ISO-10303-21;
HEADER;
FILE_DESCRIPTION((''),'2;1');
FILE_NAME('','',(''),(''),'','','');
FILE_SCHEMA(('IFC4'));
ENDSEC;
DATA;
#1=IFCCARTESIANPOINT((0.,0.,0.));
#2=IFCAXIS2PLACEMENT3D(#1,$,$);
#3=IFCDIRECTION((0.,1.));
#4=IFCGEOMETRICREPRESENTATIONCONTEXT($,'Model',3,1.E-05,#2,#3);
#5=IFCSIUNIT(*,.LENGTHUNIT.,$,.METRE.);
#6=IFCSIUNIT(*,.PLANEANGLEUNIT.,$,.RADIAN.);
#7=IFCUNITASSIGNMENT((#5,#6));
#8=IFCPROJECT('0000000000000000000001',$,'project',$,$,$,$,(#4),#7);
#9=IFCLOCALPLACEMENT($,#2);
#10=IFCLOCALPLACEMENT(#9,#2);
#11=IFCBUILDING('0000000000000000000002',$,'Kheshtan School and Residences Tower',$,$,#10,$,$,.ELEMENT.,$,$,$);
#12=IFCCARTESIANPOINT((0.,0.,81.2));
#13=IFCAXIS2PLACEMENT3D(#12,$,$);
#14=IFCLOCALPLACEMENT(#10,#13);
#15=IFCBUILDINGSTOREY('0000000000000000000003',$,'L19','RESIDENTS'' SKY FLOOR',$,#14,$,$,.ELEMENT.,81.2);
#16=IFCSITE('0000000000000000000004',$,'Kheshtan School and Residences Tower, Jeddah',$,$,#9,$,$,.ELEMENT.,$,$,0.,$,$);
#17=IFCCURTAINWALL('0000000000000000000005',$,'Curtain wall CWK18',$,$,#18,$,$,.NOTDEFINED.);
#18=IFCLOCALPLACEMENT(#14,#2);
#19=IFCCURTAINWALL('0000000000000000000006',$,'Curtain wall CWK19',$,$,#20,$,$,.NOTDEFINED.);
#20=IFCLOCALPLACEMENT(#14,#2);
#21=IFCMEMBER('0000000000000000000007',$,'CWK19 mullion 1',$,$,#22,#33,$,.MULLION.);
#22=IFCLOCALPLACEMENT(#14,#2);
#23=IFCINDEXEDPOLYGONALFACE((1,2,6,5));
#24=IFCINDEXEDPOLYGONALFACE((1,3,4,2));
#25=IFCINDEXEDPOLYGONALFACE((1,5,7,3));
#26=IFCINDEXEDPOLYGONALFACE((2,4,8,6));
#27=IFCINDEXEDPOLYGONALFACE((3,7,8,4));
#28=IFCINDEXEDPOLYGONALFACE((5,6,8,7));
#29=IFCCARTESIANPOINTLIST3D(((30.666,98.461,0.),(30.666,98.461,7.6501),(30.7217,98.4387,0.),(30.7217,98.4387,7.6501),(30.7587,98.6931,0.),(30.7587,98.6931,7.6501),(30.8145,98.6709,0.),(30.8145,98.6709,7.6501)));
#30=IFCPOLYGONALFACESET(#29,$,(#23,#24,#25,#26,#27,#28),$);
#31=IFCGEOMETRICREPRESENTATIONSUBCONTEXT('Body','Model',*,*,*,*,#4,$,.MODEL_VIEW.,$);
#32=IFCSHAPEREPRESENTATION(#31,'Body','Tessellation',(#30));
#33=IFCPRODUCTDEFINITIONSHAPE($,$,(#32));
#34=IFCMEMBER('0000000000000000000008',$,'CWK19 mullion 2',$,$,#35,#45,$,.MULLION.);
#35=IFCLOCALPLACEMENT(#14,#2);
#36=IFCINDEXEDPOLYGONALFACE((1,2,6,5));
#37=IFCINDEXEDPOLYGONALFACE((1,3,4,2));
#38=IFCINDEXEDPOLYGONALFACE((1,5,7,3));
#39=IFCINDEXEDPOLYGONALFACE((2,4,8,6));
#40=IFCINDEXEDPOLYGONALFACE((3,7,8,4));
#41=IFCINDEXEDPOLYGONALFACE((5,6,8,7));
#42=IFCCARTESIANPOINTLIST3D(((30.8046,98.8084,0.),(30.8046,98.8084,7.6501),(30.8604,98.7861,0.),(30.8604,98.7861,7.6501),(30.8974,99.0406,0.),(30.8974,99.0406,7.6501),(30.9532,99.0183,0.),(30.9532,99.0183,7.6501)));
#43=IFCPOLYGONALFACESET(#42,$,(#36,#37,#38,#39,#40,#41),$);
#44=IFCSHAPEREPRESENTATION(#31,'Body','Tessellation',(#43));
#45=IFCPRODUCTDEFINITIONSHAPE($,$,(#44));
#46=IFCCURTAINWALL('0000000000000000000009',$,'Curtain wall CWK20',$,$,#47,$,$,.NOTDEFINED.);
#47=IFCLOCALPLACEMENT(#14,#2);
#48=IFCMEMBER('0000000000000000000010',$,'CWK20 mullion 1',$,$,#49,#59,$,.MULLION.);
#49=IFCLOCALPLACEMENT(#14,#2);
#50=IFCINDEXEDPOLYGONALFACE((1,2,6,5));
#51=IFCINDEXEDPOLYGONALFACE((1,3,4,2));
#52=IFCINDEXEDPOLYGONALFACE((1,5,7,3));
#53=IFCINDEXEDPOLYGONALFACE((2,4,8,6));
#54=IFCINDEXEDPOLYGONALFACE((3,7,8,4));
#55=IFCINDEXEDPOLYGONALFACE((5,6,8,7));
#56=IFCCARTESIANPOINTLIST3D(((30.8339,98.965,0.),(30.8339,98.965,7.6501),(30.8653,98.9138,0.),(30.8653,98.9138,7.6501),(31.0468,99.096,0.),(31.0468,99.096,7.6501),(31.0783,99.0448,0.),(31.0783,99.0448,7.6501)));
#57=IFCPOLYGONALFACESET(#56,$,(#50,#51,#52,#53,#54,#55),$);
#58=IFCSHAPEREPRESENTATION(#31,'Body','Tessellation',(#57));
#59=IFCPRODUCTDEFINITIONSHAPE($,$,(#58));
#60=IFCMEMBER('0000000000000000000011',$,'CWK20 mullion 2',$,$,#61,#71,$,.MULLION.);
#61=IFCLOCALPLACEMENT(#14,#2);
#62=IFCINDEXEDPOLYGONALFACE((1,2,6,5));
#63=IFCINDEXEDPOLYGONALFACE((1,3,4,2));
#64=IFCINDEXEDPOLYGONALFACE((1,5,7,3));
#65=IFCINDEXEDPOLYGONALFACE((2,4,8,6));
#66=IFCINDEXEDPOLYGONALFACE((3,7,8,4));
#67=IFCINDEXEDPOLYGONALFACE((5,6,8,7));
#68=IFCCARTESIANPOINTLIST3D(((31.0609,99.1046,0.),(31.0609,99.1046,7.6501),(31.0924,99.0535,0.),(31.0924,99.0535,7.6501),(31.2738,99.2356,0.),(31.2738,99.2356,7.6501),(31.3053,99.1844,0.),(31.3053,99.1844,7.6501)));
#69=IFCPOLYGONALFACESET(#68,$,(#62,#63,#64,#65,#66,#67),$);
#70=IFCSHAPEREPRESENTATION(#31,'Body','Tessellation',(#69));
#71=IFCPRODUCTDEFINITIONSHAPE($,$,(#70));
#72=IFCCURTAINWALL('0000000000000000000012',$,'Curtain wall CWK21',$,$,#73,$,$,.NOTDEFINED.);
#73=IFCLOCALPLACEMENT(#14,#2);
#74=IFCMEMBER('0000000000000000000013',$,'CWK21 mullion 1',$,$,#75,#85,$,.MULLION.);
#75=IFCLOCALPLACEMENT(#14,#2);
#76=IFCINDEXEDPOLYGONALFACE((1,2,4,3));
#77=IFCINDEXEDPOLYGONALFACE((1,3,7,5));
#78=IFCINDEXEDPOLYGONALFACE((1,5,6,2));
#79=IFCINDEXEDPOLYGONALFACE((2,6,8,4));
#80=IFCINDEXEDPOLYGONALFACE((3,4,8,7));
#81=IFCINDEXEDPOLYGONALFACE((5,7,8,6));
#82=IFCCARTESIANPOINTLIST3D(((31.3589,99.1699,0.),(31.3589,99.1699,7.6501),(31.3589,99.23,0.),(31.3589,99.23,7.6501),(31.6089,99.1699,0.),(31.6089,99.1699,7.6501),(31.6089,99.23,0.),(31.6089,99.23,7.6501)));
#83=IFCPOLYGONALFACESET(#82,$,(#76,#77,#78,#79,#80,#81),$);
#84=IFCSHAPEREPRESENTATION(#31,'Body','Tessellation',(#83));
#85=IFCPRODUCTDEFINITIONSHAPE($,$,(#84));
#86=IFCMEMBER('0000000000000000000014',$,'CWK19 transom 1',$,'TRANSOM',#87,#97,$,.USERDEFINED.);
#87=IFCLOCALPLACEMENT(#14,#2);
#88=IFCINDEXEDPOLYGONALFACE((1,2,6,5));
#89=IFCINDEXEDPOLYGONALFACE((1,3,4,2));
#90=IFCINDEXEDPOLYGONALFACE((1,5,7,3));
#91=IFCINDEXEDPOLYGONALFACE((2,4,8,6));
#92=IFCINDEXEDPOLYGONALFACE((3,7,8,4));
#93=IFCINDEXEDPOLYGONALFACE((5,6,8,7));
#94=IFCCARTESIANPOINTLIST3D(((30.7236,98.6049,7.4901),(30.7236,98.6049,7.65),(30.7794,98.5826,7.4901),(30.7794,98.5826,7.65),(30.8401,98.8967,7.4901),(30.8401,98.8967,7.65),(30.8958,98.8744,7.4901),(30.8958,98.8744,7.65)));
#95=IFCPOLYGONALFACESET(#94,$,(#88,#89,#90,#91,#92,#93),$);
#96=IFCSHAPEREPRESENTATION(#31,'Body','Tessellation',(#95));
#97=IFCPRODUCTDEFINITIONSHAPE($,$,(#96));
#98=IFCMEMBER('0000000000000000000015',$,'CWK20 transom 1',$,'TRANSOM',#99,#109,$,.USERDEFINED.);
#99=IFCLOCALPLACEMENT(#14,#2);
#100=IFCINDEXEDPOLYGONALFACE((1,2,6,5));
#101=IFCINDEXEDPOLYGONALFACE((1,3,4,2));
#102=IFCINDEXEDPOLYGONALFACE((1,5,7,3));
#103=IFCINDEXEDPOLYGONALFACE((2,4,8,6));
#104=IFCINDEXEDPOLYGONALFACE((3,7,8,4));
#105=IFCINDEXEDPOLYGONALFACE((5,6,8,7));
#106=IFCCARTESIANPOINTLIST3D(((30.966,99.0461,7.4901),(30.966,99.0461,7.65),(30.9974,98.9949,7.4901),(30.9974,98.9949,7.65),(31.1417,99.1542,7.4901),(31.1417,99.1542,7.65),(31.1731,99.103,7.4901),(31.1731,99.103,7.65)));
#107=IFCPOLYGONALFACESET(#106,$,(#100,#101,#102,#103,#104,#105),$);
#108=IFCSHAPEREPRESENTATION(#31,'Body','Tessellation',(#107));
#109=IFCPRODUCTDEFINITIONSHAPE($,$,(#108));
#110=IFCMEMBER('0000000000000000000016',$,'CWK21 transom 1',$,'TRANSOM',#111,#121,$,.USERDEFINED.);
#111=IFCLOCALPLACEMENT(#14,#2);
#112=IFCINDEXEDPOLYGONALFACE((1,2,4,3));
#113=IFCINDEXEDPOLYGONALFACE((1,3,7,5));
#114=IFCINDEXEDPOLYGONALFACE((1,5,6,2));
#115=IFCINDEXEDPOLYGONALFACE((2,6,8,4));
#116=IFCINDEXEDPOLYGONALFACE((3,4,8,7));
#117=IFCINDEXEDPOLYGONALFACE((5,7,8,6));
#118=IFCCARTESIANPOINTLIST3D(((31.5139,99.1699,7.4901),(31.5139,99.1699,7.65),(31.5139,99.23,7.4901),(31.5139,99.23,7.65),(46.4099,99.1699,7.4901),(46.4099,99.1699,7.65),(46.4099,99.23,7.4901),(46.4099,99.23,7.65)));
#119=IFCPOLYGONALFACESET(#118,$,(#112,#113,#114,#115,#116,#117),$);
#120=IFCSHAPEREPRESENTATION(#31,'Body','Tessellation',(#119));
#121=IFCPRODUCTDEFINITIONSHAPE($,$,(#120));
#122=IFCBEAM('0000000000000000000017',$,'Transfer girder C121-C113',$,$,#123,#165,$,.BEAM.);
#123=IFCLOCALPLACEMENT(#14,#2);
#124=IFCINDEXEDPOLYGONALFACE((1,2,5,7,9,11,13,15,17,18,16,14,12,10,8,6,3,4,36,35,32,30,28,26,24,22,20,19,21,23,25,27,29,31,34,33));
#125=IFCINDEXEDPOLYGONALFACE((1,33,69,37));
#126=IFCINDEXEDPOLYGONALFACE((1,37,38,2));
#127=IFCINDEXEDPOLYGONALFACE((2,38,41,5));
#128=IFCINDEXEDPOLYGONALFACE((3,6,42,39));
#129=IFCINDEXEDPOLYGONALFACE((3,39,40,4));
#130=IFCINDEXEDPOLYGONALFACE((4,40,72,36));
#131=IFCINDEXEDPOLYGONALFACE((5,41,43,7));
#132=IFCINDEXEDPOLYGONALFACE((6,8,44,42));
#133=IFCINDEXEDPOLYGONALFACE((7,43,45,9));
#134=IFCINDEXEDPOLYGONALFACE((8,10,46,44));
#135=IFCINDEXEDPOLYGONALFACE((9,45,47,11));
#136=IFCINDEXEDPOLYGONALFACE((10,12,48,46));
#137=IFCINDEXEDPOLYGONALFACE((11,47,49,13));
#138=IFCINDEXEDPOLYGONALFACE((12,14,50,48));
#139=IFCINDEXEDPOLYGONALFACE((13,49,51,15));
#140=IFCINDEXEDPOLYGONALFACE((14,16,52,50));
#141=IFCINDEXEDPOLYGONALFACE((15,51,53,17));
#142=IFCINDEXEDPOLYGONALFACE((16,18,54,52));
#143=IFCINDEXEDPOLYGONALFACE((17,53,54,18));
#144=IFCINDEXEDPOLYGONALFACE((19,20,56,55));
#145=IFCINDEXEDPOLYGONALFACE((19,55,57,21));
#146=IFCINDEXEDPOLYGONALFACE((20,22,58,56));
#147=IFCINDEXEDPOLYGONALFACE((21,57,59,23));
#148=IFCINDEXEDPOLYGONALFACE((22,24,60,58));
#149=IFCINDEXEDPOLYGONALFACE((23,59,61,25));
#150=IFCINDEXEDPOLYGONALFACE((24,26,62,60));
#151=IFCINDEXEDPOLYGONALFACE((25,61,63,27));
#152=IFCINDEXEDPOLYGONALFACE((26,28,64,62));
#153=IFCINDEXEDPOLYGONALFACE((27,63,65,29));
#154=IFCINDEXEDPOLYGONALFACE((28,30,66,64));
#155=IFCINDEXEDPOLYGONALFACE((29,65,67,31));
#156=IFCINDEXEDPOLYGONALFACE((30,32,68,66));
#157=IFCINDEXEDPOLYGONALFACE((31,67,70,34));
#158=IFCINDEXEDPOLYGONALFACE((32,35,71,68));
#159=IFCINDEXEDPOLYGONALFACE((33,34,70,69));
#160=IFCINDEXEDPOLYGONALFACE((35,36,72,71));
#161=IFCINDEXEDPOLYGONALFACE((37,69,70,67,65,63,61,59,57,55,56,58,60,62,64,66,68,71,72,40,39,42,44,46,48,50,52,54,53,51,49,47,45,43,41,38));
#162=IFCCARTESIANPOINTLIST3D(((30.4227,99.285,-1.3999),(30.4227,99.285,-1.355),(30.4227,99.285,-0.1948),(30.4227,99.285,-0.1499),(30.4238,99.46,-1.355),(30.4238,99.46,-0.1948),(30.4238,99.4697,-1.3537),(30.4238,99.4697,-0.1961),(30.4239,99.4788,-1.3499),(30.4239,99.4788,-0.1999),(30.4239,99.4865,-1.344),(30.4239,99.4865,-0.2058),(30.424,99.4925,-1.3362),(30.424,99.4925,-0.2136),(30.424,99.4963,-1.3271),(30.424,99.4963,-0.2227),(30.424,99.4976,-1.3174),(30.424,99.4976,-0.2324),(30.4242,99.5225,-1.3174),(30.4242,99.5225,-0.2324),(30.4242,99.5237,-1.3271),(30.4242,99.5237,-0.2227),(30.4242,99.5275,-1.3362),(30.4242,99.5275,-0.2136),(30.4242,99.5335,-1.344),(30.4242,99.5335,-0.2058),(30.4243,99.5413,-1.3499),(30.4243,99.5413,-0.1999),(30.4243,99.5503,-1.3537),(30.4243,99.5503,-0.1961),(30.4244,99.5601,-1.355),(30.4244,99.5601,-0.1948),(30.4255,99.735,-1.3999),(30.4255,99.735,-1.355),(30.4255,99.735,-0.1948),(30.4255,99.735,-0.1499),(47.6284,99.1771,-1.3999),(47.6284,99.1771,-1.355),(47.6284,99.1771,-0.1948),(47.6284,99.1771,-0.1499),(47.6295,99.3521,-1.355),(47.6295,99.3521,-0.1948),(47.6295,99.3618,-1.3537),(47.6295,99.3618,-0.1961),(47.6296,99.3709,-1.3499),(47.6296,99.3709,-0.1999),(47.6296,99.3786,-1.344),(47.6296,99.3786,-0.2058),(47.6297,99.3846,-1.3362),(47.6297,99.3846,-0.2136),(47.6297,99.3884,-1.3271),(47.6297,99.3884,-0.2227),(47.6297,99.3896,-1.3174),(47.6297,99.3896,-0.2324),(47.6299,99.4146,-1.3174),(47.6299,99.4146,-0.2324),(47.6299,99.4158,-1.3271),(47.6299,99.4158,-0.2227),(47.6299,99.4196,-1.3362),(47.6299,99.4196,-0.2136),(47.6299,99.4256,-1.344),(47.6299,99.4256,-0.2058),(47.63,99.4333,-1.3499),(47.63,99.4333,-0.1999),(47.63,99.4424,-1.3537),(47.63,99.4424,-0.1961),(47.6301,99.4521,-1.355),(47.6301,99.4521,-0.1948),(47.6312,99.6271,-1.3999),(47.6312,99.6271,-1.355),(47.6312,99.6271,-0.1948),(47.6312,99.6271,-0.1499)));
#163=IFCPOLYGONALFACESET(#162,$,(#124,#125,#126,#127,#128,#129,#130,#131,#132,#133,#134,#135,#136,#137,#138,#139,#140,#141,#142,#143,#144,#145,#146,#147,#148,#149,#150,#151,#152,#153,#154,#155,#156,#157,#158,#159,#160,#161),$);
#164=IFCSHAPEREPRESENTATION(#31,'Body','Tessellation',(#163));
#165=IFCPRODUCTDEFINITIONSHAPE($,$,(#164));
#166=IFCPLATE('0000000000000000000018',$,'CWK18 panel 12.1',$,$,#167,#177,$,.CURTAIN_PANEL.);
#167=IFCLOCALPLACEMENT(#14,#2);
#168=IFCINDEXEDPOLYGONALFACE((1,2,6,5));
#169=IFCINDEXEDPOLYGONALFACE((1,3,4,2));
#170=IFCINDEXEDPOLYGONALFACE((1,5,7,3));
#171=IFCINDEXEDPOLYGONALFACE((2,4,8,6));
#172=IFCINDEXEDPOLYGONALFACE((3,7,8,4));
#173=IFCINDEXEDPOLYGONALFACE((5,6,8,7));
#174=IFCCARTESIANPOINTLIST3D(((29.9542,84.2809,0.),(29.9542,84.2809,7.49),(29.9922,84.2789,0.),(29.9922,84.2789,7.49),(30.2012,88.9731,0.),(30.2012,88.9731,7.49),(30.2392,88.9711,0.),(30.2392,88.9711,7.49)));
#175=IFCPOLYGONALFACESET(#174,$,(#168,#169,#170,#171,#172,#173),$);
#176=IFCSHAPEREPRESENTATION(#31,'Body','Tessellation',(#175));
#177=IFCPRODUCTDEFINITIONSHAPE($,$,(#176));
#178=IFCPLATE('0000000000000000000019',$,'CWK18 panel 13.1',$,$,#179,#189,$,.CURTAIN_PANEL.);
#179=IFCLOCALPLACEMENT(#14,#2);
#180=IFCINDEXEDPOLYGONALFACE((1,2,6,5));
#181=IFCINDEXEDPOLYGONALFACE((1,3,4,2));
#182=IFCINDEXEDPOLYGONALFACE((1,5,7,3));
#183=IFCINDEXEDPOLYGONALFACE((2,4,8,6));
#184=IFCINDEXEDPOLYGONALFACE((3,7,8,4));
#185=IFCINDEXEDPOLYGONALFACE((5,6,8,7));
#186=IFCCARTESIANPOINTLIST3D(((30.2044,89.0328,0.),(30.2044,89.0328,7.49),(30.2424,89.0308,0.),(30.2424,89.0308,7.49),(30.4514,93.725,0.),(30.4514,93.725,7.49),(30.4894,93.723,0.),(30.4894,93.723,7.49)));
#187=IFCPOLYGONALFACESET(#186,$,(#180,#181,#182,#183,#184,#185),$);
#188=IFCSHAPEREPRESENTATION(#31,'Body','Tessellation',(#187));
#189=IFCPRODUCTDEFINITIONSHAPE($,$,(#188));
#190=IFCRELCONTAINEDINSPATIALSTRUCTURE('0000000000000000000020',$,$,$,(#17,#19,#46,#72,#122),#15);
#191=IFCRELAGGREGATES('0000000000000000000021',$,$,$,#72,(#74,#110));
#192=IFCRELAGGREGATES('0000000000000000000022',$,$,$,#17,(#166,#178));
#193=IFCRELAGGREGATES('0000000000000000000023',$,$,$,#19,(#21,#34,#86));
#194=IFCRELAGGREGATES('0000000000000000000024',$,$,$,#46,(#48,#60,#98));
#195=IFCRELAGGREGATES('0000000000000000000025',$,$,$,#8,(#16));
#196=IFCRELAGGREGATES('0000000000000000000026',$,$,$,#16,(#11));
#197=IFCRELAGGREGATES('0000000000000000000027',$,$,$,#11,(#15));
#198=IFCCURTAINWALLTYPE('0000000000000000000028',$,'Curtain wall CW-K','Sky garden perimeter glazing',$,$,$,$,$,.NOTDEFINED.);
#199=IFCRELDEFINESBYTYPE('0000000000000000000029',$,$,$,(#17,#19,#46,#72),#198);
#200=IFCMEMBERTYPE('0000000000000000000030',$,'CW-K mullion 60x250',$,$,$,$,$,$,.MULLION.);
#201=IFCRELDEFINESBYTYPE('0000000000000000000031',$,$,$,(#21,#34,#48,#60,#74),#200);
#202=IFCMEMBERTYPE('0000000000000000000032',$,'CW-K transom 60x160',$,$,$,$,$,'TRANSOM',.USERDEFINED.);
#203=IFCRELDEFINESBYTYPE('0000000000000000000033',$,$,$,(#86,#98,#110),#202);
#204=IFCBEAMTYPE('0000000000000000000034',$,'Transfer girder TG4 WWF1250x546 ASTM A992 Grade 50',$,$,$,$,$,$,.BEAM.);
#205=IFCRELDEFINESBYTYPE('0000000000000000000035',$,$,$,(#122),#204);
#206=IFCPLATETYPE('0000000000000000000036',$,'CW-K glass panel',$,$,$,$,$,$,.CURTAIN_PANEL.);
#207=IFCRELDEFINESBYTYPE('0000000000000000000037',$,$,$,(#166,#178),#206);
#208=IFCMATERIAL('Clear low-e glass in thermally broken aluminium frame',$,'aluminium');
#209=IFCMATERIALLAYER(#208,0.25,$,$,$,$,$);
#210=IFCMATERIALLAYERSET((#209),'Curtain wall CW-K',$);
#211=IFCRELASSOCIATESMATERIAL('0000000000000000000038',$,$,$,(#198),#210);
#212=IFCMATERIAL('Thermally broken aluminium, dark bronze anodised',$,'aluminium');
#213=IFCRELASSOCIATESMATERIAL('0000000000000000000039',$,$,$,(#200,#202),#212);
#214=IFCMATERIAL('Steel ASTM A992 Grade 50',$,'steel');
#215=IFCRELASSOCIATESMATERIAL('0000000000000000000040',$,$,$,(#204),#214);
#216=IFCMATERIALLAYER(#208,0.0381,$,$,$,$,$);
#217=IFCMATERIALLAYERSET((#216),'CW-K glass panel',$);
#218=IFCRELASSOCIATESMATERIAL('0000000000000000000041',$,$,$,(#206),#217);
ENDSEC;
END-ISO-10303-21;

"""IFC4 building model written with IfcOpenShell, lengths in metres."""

from ifc_helpers import new_model, si_unit, direction, frame, origin, origin_2d, place, context, subcontext, project, spatial, rectangle, i_section, extrude, material, layer, layer_set, material_profile, profile_set, type_object, element, aggregate, save


model = new_model("IFC4")

# Units and contexts
model_context = context("Model", 3, precision=1e-05, world=origin(), true_north=direction((0.0, 1.0)))
body_context = subcontext(model_context, "Body", "Model", "MODEL_VIEW")
ifc_project = project(units=[si_unit("LENGTHUNIT", "METRE"), si_unit("PLANEANGLEUNIT", "RADIAN")], contexts=[model_context])

# Site, building, storey
site_placement = place(None, origin())
site = spatial("IfcSite", under=ifc_project, at=site_placement, Name="Kheshtan School and Residences Tower, Jeddah", CompositionType="ELEMENT", RefElevation=0.0)
building_placement = place(site_placement, origin())
building = spatial("IfcBuilding", under=site, at=building_placement, Name="Kheshtan School and Residences Tower", CompositionType="ELEMENT")
storey_placement = place(building_placement, frame((0.0, 0.0, 81.2)))
storey = spatial("IfcBuildingStorey", under=building, at=storey_placement, Name="L19", Description="RESIDENTS' SKY FLOOR", CompositionType="ELEMENT", Elevation=81.2)

# Shared definitions
ifc_material_1 = material(Name="Steel ASTM A992 Grade 50", Category="steel")

# Curtain walls, members
ifc_material_2 = material(Name="Clear low-e glass in thermally broken aluminium frame", Category="aluminium")
ifc_layer_1 = layer(ifc_material_2, 0.25)
ifc_layer_set_1 = layer_set([ifc_layer_1], Name="Curtain wall CW-K")
curtain_wall_type = type_object("IfcCurtainWallType", Name="Curtain wall CW-K", Description="Sky garden perimeter glazing", PredefinedType="NOTDEFINED", material=ifc_layer_set_1)
curtain_wall_1_placement = place(storey_placement, origin())
curtain_wall_1 = element("IfcCurtainWall", 1, at=curtain_wall_1_placement, inside=storey, type_object=curtain_wall_type, Name="Curtain wall CWK18", PredefinedType="NOTDEFINED")
ifc_material_3 = material(Name="Thermally broken aluminium, dark bronze anodised", Category="aluminium")
ifc_material_profile_1 = material_profile(ifc_material_3, rectangle(XDim=0.0601, YDim=0.25, at=origin_2d()), Name="CW-K mullion 60x250")
ifc_profile_set_1 = profile_set([ifc_material_profile_1], Name="Thermally broken aluminium, dark bronze anodised")
member_type_1 = type_object("IfcMemberType", Name="CW-K mullion 60x250", PredefinedType="MULLION", material=ifc_profile_set_1)
curtain_wall_2_placement = place(storey_placement, origin())
curtain_wall_2 = element("IfcCurtainWall", 2, at=curtain_wall_2_placement, inside=storey, type_object=curtain_wall_type, Name="Curtain wall CWK19", PredefinedType="NOTDEFINED")
member_1_placement = place(storey_placement, frame((30.7402, 98.5659, 0.0), z_axis=(0.0, 0.0, 1.0), x_axis=(-0.928636, 0.370993, 0.0)))
member_1 = element("IfcMember", 3, at=member_1_placement, type_object=member_type_1, Name="CWK19 mullion 1", PredefinedType="MULLION", context=body_context, shape_type="SweptSolid", body=[
    extrude(rectangle(XDim=0.0601, YDim=0.25, at=origin_2d()), origin(), (0.0, 0.0, 1.0), 7.6501),
])
member_2_placement = place(storey_placement, frame((30.8789, 98.9133, 0.0), z_axis=(0.0, 0.0, 1.0), x_axis=(-0.928636, 0.370993, 0.0)))
member_2 = element("IfcMember", 4, at=member_2_placement, type_object=member_type_1, Name="CWK19 mullion 2", PredefinedType="MULLION", context=body_context, shape_type="SweptSolid", body=[
    extrude(rectangle(XDim=0.0601, YDim=0.25, at=origin_2d()), origin(), (0.0, 0.0, 1.0), 7.6501),
])
curtain_wall_3_placement = place(storey_placement, origin())
curtain_wall_3 = element("IfcCurtainWall", 5, at=curtain_wall_3_placement, inside=storey, type_object=curtain_wall_type, Name="Curtain wall CWK20", PredefinedType="NOTDEFINED")
member_3_placement = place(storey_placement, frame((30.9561, 99.0049, 0.0), z_axis=(0.0, 0.0, 1.0), x_axis=(-0.523926, 0.851763, 0.0)))
member_3 = element("IfcMember", 6, at=member_3_placement, type_object=member_type_1, Name="CWK20 mullion 1", PredefinedType="MULLION", context=body_context, shape_type="SweptSolid", body=[
    extrude(rectangle(XDim=0.0601, YDim=0.25, at=origin_2d()), origin(), (0.0, 0.0, 1.0), 7.6501),
])
member_4_placement = place(storey_placement, frame((31.1831, 99.1445, 0.0), z_axis=(0.0, 0.0, 1.0), x_axis=(-0.523926, 0.851763, 0.0)))
member_4 = element("IfcMember", 7, at=member_4_placement, type_object=member_type_1, Name="CWK20 mullion 2", PredefinedType="MULLION", context=body_context, shape_type="SweptSolid", body=[
    extrude(rectangle(XDim=0.0601, YDim=0.25, at=origin_2d()), origin(), (0.0, 0.0, 1.0), 7.6501),
])

# Curtain wall, member
curtain_wall_4_placement = place(storey_placement, origin())
curtain_wall_4 = element("IfcCurtainWall", 8, at=curtain_wall_4_placement, inside=storey, type_object=curtain_wall_type, Name="Curtain wall CWK21", PredefinedType="NOTDEFINED")
member_5_placement = place(storey_placement, frame((31.4839, 99.2, 0.0), z_axis=(0.0, 0.0, 1.0), x_axis=(0.0, 1.0, 0.0)))
member_5 = element("IfcMember", 9, at=member_5_placement, type_object=member_type_1, Name="CWK21 mullion 1", PredefinedType="MULLION", context=body_context, shape_type="SweptSolid", body=[
    extrude(rectangle(XDim=0.0601, YDim=0.25, at=origin_2d()), origin(), (0.0, 0.0, 1.0), 7.6501),
])

# Members
ifc_material_profile_2 = material_profile(ifc_material_3, rectangle(XDim=0.0601, YDim=0.1599, at=origin_2d()), Name="CW-K transom 60x160")
ifc_profile_set_2 = profile_set([ifc_material_profile_2], Name="Thermally broken aluminium, dark bronze anodised")
member_type_2 = type_object("IfcMemberType", Name="CW-K transom 60x160", ElementType="TRANSOM", PredefinedType="USERDEFINED", material=ifc_profile_set_2)
member_6_placement = place(storey_placement, frame((30.7515, 98.5938, 7.5701), z_axis=(0.370721, 0.928744, 0.0), x_axis=(-0.928744, 0.370721, 0.0)))
member_6 = element("IfcMember", 10, at=member_6_placement, type_object=member_type_2, Name="CWK19 transom 1", ObjectType="TRANSOM", PredefinedType="USERDEFINED", context=body_context, shape_type="SweptSolid", body=[
    extrude(rectangle(XDim=0.0601, YDim=0.1599, at=origin_2d()), origin(), (0.0, 0.0, 1.0), 0.3142),
])
member_7_placement = place(storey_placement, frame((30.9817, 99.0205, 7.5701), z_axis=(0.851699, 0.524031, 0.0), x_axis=(-0.524031, 0.851699, 0.0)))
member_7 = element("IfcMember", 11, at=member_7_placement, type_object=member_type_2, Name="CWK20 transom 1", ObjectType="TRANSOM", PredefinedType="USERDEFINED", context=body_context, shape_type="SweptSolid", body=[
    extrude(rectangle(XDim=0.0601, YDim=0.1599, at=origin_2d()), origin(), (0.0, 0.0, 1.0), 0.2063),
])
member_8_placement = place(storey_placement, frame((31.5139, 99.2, 7.5701), z_axis=(1.0, 0.0, 0.0), x_axis=(0.0, 1.0, 0.0)))
member_8 = element("IfcMember", 12, at=member_8_placement, type_object=member_type_2, Name="CWK21 transom 1", ObjectType="TRANSOM", PredefinedType="USERDEFINED", context=body_context, shape_type="SweptSolid", body=[
    extrude(rectangle(XDim=0.0601, YDim=0.1599, at=origin_2d()), origin(), (0.0, 0.0, 1.0), 14.896),
])
aggregate(curtain_wall_4, [member_5, member_8])

# Beam
ifc_material_profile_3 = material_profile(ifc_material_1, i_section(OverallWidth=0.45, OverallDepth=1.25, WebThickness=0.0249, FlangeThickness=0.0449, FilletRadius=0.0376, at=origin_2d()), Name="WWF1250x546")
ifc_profile_set_3 = profile_set([ifc_material_profile_3], Name="Steel ASTM A992 Grade 50")
beam_type_1 = type_object("IfcBeamType", Name="Transfer girder TG4 WWF1250x546 ASTM A992 Grade 50", PredefinedType="BEAM", material=ifc_profile_set_3)
beam_1_placement = place(storey_placement, frame((30.4241, 99.51, -0.7749), z_axis=(0.99998, -0.006272, 0.0), x_axis=(0.006272, 0.99998, 0.0)))
element("IfcBeam", 13, at=beam_1_placement, inside=storey, type_object=beam_type_1, Name="Transfer girder C121-C113", PredefinedType="BEAM", context=body_context, shape_type="SweptSolid", body=[
    extrude(i_section(OverallWidth=0.45, OverallDepth=1.25, WebThickness=0.0249, FlangeThickness=0.0449, FilletRadius=0.0376, at=origin_2d()), origin(), (0.0, 0.0, 1.0), 17.2061),
])

# Plates
ifc_layer_2 = layer(ifc_material_2, 0.0381)
ifc_layer_set_2 = layer_set([ifc_layer_2], Name="CW-K glass panel")
plate_type = type_object("IfcPlateType", Name="CW-K glass panel", PredefinedType="CURTAIN_PANEL", material=ifc_layer_set_2)
plate_1_placement = place(storey_placement, frame((30.0967, 86.626, 0.0), z_axis=(0.0, 0.0, 1.0), x_axis=(0.052565, 0.998617, 0.0)))
plate_1 = element("IfcPlate", 14, at=plate_1_placement, type_object=plate_type, Name="CWK18 panel 12.1", PredefinedType="CURTAIN_PANEL", context=body_context, shape_type="SweptSolid", body=[
    extrude(rectangle(XDim=4.6987, YDim=0.0381, at=origin_2d()), origin(), (0.0, 0.0, 1.0), 7.49),
])
plate_2_placement = place(storey_placement, frame((30.3469, 91.3779, 0.0), z_axis=(0.0, 0.0, 1.0), x_axis=(0.052565, 0.998617, 0.0)))
plate_2 = element("IfcPlate", 15, at=plate_2_placement, type_object=plate_type, Name="CWK18 panel 13.1", PredefinedType="CURTAIN_PANEL", context=body_context, shape_type="SweptSolid", body=[
    extrude(rectangle(XDim=4.6987, YDim=0.0381, at=origin_2d()), origin(), (0.0, 0.0, 1.0), 7.49),
])
aggregate(curtain_wall_1, [plate_1, plate_2])
aggregate(curtain_wall_2, [member_1, member_2, member_6])
aggregate(curtain_wall_3, [member_3, member_4, member_7])

save(model, "model.ifc")
